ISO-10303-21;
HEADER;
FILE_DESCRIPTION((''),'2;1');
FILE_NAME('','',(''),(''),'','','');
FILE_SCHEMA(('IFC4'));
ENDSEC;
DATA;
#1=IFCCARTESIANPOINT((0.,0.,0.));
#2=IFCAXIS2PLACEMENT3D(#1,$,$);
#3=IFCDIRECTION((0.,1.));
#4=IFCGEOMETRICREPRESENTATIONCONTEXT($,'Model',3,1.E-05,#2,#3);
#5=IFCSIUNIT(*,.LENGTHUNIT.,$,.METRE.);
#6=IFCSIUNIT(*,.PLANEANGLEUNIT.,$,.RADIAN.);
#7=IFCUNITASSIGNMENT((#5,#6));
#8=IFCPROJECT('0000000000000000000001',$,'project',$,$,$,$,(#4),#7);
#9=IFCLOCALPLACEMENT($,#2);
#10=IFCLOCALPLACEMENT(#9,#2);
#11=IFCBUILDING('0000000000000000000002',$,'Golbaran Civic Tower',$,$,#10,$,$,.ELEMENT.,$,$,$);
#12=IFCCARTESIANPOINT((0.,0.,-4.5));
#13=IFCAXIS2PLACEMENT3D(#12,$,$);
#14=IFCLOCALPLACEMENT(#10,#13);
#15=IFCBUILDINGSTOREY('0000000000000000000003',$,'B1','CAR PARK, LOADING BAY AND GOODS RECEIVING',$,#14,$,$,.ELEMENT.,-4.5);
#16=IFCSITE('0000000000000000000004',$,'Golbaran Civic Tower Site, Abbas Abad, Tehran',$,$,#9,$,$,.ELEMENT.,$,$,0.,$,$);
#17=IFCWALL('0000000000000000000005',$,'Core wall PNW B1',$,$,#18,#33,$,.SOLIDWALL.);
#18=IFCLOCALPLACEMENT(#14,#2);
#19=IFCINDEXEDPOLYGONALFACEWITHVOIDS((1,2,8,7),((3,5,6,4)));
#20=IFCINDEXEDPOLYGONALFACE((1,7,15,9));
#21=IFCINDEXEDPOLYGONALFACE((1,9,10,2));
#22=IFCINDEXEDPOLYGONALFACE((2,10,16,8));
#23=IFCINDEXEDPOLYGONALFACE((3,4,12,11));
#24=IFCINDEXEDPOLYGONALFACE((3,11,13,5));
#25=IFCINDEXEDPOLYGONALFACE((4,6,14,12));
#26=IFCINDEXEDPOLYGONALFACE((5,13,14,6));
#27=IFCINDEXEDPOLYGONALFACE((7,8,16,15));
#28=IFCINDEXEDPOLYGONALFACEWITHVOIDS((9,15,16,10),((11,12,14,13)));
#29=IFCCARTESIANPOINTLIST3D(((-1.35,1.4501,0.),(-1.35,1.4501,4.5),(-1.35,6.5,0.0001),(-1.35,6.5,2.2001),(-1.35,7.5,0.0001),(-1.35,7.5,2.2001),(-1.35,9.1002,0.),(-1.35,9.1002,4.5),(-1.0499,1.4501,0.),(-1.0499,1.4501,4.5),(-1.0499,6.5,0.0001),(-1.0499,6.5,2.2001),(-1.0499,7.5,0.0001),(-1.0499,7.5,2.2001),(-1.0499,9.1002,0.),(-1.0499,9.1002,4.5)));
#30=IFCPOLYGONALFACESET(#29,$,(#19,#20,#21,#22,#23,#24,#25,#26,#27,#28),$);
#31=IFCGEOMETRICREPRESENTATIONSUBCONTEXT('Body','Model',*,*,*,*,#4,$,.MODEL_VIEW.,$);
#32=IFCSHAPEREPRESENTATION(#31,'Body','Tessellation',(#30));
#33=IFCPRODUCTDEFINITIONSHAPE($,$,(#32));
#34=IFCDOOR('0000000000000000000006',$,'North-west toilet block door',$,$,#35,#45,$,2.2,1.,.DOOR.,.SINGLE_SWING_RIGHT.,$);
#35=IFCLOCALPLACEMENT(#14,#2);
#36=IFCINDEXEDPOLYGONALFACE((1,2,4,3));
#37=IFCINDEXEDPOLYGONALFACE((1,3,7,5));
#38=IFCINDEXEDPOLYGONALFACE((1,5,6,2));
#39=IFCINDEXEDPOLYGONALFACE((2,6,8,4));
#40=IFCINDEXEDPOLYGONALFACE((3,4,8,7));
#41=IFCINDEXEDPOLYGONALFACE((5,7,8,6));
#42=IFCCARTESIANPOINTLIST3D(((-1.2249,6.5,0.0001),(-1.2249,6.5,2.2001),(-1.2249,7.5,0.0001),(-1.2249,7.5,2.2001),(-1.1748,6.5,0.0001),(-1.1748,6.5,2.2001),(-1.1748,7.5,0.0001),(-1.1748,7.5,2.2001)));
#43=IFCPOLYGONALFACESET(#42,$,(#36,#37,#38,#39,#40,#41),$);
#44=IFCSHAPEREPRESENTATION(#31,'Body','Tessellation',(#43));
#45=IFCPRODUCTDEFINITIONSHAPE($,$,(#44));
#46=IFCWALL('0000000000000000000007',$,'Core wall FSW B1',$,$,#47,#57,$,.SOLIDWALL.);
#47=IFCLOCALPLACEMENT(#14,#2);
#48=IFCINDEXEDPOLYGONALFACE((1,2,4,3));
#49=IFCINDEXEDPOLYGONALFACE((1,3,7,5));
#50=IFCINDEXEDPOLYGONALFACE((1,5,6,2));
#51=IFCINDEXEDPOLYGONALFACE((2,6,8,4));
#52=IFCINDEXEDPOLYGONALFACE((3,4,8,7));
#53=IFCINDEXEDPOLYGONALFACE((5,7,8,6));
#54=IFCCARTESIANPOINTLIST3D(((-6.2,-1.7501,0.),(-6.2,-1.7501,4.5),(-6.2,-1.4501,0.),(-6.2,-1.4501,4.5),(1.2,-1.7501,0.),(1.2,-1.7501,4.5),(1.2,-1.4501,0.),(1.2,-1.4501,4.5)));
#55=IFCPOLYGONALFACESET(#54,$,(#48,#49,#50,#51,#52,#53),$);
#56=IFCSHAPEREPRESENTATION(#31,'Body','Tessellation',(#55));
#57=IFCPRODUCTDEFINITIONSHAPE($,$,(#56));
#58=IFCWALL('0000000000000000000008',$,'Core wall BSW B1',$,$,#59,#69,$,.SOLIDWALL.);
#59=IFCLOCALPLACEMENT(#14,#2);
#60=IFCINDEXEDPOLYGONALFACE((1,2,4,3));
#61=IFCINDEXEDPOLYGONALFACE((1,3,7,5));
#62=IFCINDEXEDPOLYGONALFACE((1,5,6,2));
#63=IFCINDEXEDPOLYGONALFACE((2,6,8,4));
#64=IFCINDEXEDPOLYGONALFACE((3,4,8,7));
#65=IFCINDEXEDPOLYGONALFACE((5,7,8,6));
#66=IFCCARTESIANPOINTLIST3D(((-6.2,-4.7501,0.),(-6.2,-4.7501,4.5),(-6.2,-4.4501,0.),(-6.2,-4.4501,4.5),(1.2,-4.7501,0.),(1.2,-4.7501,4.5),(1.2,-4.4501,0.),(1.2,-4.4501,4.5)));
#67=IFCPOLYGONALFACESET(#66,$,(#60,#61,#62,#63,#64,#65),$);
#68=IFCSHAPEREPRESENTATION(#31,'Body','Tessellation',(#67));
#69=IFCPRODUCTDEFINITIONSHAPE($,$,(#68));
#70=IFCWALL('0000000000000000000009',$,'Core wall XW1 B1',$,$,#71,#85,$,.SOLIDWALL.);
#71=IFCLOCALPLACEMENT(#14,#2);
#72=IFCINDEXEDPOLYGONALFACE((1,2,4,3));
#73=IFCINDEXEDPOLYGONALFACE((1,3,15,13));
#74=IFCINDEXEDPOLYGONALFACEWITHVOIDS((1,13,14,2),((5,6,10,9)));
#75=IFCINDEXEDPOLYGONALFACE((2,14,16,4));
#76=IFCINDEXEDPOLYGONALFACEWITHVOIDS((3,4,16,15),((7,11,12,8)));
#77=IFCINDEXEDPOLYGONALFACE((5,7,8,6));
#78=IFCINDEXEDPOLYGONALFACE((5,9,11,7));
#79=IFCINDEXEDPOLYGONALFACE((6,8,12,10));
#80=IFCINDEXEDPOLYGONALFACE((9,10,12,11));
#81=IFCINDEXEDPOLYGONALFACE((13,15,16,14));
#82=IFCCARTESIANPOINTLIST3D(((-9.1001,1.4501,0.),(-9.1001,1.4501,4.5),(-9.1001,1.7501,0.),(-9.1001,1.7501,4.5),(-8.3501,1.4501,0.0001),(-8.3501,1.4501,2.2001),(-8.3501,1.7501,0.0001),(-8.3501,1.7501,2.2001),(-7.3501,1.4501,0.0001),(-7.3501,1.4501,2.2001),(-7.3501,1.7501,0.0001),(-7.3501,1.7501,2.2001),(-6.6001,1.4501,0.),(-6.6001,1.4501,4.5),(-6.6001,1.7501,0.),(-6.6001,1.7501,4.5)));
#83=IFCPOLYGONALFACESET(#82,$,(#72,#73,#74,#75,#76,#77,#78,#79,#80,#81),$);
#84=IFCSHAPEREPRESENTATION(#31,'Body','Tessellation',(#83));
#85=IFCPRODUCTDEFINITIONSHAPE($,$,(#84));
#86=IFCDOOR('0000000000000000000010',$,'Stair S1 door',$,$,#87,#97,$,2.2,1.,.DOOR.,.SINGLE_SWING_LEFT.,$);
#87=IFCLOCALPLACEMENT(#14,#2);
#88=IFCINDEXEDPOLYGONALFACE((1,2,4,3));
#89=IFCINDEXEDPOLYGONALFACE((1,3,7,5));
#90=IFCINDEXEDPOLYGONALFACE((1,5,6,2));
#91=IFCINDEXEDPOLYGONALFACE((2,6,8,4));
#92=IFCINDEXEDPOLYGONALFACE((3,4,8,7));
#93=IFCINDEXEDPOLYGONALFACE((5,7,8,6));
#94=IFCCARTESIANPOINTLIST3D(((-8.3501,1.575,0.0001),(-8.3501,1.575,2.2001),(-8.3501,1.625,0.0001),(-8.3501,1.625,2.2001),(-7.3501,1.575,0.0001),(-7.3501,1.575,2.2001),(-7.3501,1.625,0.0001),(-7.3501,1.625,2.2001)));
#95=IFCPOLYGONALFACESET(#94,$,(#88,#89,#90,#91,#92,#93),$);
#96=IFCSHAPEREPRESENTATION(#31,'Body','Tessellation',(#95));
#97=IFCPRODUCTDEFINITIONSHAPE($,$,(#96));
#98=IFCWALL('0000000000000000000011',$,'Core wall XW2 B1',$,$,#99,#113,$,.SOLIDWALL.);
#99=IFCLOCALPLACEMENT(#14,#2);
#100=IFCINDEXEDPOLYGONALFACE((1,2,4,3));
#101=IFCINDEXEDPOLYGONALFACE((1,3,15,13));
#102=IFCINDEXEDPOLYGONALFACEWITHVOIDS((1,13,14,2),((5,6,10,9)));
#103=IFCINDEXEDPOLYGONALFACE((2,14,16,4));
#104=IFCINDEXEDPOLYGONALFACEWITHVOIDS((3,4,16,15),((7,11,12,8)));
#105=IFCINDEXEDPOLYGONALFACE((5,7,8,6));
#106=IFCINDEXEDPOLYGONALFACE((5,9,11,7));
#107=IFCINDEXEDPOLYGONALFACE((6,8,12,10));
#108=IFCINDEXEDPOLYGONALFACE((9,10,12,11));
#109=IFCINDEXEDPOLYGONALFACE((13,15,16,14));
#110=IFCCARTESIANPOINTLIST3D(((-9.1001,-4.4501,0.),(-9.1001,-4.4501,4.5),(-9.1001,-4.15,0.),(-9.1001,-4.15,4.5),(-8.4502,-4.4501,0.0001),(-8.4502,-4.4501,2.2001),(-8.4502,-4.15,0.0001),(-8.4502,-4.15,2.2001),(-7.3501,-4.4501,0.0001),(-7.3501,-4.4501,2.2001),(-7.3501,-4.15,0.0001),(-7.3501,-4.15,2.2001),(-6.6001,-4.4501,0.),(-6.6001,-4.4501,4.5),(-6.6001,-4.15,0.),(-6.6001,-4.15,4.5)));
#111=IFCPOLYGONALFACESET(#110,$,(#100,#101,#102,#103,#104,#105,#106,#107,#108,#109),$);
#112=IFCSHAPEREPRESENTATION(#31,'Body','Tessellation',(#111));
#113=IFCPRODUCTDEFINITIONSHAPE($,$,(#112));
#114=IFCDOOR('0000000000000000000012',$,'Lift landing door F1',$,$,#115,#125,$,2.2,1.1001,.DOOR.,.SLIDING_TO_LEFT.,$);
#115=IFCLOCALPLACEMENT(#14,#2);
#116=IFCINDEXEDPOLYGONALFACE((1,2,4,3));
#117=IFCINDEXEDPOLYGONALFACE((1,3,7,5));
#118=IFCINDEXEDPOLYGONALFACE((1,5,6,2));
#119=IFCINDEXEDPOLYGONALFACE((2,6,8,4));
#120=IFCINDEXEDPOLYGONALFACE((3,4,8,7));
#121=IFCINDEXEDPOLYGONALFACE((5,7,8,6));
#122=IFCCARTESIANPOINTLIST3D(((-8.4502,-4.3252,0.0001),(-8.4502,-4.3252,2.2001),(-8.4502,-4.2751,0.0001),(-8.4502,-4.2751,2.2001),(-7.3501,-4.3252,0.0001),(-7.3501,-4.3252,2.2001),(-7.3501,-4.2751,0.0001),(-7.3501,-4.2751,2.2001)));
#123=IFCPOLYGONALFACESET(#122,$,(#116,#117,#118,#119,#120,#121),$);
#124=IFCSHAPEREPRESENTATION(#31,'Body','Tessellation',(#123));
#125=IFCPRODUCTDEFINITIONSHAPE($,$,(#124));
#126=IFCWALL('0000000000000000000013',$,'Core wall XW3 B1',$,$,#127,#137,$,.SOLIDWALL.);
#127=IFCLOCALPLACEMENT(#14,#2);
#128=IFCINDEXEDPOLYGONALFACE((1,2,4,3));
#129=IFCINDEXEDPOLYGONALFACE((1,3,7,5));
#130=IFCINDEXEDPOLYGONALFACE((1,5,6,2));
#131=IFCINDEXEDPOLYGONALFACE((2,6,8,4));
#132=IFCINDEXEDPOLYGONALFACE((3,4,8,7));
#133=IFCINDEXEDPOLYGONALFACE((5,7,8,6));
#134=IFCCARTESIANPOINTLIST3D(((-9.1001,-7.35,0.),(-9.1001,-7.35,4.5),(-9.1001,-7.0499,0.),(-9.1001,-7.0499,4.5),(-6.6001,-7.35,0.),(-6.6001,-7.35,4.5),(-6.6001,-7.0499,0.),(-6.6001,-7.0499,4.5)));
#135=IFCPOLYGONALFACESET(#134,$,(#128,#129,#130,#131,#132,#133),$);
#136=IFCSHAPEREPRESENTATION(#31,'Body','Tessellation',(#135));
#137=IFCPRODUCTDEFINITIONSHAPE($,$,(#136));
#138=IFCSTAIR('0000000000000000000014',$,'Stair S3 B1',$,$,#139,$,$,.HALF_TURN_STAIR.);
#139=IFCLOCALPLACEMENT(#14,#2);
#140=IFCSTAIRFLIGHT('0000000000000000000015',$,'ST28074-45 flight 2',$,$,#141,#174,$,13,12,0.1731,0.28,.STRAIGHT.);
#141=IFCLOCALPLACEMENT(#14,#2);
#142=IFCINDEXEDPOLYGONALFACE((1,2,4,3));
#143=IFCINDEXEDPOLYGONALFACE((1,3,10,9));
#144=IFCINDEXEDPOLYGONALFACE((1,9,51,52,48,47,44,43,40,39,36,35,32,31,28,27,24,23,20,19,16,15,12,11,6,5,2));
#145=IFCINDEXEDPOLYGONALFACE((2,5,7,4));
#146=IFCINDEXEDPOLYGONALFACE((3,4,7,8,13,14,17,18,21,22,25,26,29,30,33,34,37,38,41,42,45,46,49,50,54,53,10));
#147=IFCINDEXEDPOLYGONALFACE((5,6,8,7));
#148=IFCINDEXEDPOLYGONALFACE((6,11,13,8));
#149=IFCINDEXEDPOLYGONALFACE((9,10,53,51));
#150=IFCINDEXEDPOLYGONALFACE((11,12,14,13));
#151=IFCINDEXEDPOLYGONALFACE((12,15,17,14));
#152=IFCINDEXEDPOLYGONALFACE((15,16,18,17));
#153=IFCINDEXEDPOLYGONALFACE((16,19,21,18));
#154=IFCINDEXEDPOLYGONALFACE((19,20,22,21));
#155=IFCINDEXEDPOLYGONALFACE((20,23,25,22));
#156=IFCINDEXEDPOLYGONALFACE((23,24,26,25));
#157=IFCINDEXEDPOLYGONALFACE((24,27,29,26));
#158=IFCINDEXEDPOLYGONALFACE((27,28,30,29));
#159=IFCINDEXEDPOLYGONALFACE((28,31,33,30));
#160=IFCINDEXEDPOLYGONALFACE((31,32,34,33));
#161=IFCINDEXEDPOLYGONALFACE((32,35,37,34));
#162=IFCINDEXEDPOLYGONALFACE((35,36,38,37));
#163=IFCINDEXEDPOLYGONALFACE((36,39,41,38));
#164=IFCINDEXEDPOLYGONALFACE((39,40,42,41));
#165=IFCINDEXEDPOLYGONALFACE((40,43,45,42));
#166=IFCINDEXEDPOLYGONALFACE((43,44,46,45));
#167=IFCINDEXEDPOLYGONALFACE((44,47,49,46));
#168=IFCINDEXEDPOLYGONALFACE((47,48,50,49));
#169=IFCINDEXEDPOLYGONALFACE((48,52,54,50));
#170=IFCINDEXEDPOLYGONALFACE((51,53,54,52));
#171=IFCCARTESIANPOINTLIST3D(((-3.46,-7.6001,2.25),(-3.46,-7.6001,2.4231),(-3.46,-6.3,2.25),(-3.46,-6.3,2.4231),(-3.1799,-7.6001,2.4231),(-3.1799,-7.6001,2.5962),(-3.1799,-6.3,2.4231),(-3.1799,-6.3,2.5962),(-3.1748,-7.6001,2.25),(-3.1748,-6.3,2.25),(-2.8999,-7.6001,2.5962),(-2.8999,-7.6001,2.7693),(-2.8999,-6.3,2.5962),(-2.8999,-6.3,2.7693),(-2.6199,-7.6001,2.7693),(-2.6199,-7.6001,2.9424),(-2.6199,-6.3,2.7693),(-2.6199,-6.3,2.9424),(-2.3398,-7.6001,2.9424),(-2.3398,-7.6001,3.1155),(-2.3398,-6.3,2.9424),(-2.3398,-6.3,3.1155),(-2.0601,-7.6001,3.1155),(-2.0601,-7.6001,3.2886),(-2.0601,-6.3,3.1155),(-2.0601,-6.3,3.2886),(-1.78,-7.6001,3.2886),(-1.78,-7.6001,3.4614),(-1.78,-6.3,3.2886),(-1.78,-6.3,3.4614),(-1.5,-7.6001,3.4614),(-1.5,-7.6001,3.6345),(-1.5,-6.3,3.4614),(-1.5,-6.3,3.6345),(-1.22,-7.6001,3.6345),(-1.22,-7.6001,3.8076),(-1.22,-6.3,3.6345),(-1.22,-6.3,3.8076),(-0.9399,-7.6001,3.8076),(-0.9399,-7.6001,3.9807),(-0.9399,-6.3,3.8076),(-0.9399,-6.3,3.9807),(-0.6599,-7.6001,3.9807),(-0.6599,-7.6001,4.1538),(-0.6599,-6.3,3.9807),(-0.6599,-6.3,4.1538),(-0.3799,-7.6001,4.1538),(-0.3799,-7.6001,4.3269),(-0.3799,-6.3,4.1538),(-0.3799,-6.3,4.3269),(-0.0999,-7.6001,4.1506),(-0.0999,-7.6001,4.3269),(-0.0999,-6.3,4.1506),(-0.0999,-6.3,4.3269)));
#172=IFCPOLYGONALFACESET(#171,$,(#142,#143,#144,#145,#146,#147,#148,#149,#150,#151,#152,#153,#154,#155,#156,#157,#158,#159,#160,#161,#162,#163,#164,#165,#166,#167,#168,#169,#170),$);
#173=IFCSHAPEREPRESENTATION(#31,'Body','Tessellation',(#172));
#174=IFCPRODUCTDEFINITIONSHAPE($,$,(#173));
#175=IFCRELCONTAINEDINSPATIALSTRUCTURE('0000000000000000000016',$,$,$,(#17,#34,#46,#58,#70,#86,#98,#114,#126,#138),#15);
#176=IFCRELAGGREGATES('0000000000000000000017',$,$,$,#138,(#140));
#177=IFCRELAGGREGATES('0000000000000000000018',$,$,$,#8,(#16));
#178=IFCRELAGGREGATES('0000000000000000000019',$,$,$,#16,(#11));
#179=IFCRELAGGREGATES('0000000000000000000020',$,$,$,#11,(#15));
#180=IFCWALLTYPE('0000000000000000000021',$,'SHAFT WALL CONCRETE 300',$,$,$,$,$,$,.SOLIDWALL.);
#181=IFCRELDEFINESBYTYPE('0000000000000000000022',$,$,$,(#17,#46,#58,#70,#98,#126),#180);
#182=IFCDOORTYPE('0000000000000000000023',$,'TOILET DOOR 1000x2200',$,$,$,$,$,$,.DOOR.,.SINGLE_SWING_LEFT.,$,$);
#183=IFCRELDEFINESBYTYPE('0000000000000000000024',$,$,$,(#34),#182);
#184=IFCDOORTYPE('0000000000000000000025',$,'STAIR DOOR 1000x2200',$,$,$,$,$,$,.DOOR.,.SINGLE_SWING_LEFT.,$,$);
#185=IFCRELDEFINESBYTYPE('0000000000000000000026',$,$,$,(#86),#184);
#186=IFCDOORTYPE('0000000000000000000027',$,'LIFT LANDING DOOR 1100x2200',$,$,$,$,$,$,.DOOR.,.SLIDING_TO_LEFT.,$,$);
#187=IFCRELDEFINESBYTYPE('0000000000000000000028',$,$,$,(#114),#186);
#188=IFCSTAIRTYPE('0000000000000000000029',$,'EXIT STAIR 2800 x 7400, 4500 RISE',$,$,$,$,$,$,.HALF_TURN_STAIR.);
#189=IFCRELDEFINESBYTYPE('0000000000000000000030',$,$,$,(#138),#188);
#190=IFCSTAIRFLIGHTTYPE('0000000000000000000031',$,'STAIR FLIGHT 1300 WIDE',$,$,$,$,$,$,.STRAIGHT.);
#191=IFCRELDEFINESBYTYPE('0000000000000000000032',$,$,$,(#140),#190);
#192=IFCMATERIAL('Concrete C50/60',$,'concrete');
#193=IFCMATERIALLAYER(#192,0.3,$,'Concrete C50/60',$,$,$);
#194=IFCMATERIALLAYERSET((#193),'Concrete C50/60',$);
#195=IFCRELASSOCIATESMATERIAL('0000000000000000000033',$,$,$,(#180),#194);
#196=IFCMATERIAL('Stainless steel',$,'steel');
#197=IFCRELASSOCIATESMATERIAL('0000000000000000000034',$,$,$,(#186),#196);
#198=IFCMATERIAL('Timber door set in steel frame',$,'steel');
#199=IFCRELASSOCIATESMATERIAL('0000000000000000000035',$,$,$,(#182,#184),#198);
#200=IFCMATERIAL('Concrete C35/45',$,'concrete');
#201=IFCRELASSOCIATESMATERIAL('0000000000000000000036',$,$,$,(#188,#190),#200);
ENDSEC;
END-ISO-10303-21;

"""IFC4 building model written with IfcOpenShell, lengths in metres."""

from ifc_helpers import new_model, si_unit, direction, frame, frame_2d, origin, place, context, subcontext, project, spatial, polyline, rectangle, outline, extrude, material, layer, layer_set, type_object, element, fill, aggregate, save


model = new_model("IFC4")

# Units and contexts
model_context = context("Model", 3, precision=1e-05, world=origin(), true_north=direction((0.0, 1.0)))
body_context = subcontext(model_context, "Body", "Model", "MODEL_VIEW")
ifc_project = project(units=[si_unit("LENGTHUNIT", "METRE"), si_unit("PLANEANGLEUNIT", "RADIAN")], contexts=[model_context])

# Site, building, storey
site_placement = place(None, origin())
site = spatial("IfcSite", under=ifc_project, at=site_placement, Name="Golbaran Civic Tower Site, Abbas Abad, Tehran", CompositionType="ELEMENT", RefElevation=0.0)
building_placement = place(site_placement, origin())
building = spatial("IfcBuilding", under=site, at=building_placement, Name="Golbaran Civic Tower", CompositionType="ELEMENT")
storey_placement = place(building_placement, frame((0.0, 0.0, -4.5)))
storey = spatial("IfcBuildingStorey", under=building, at=storey_placement, Name="B1", Description="CAR PARK, LOADING BAY AND GOODS RECEIVING", CompositionType="ELEMENT", Elevation=-4.5)

# Shared definitions
ifc_material_1 = material(Name="Concrete C50/60", Category="concrete")

# Shared definitions
ifc_material_2 = material(Name="Concrete C35/45", Category="concrete")

# Shared definitions
ifc_layer_1 = layer(ifc_material_1, 0.3, Name="Concrete C50/60")
ifc_layer_set_1 = layer_set([ifc_layer_1], Name="Concrete C50/60")
wall_type_1 = type_object("IfcWallType", Name="SHAFT WALL CONCRETE 300", PredefinedType="SOLIDWALL", material=ifc_layer_set_1)
ifc_material_3 = material(Name="Stainless steel", Category="steel")
door_type_1 = type_object("IfcDoorType", Name="LIFT LANDING DOOR 1100x2200", OperationType="SLIDING_TO_LEFT", PredefinedType="DOOR", material=ifc_material_3)

# Wall, opening, door
wall_1_placement = place(storey_placement, frame((-1.2, 1.45, 0.0), z_axis=(0.0, 0.0, 1.0), x_axis=(0.0, 1.0, 0.0)))
wall_1 = element("IfcWall", 1, at=wall_1_placement, inside=storey, type_object=wall_type_1, Name="Core wall PNW B1", PredefinedType="SOLIDWALL", context=body_context, shape_type="SweptSolid", body=[
    extrude(rectangle(XDim=7.6501, YDim=0.3, at=frame_2d((3.8252, 0.0))), origin(), (0.0, 0.0, 1.0), 4.5),
])
opening_1_placement = place(wall_1_placement, frame((5.05, 0.0, 0.0)))
opening_1 = element("IfcOpeningElement", 2, at=opening_1_placement, cuts=wall_1, PredefinedType="OPENING", context=body_context, shape_type="SweptSolid", body=[
    extrude(rectangle(XDim=1.0, YDim=2.2, at=frame_2d((0.5, 1.1001))), frame((0.0, 0.1599, 0.0), z_axis=(0.0, -1.0, 0.0), x_axis=(1.0, 0.0, 0.0)), (0.0, 0.0, 1.0), 0.3201),
])
ifc_material_4 = material(Name="Timber door set in steel frame", Category="steel")
door_type_2 = type_object("IfcDoorType", Name="TOILET DOOR 1000x2200", OperationType="SINGLE_SWING_LEFT", PredefinedType="DOOR", material=ifc_material_4)
door_1_placement = place(opening_1_placement, origin())
door_1 = element("IfcDoor", 3, at=door_1_placement, inside=storey, type_object=door_type_2, Name="North-west toilet block door", OperationType="SINGLE_SWING_RIGHT", OverallHeight=2.2, OverallWidth=1.0, PredefinedType="DOOR", context=body_context, shape_type="SweptSolid", body=[
    extrude(rectangle(XDim=1.0, YDim=2.2, at=frame_2d((0.5, 1.1001))), frame((0.0, 0.0249, 0.0), z_axis=(0.0, -1.0, 0.0), x_axis=(1.0, 0.0, 0.0)), (0.0, 0.0, 1.0), 0.05),
])
fill(opening_1, door_1)

# Walls
for number, where, z_axis, x_axis, name in (
    (4, (-6.2, -1.6001, 0.0), (0.0, 0.0, 1.0), (1.0, 0.0, 0.0), "Core wall FSW B1"),
    (5, (-6.2, -4.6001, 0.0), (0.0, 0.0, 1.0), (1.0, 0.0, 0.0), "Core wall BSW B1"),
):
    element("IfcWall", number, at=place(storey_placement, frame(where, z_axis=z_axis, x_axis=x_axis)), inside=storey, type_object=wall_type_1, Name=name, PredefinedType="SOLIDWALL", context=body_context, shape_type="SweptSolid", body=[
        extrude(rectangle(XDim=7.3999, YDim=0.3, at=frame_2d((3.7, 0.0))), origin(), (0.0, 0.0, 1.0), 4.5),
    ])

# Walls, openings, doors
wall_2_placement = place(storey_placement, frame((-9.1001, 1.6001, 0.0), z_axis=(0.0, 0.0, 1.0), x_axis=(1.0, 0.0, 0.0)))
wall_2 = element("IfcWall", 6, at=wall_2_placement, inside=storey, type_object=wall_type_1, Name="Core wall XW1 B1", PredefinedType="SOLIDWALL", context=body_context, shape_type="SweptSolid", body=[
    extrude(rectangle(XDim=2.5, YDim=0.3, at=frame_2d((1.25, 0.0))), origin(), (0.0, 0.0, 1.0), 4.5),
])
opening_2_placement = place(wall_2_placement, frame((0.75, 0.0, 0.0)))
opening_2 = element("IfcOpeningElement", 7, at=opening_2_placement, cuts=wall_2, PredefinedType="OPENING", context=body_context, shape_type="SweptSolid", body=[
    extrude(rectangle(XDim=1.0, YDim=2.2, at=frame_2d((0.5, 1.1001))), frame((0.0, 0.1599, 0.0), z_axis=(0.0, -1.0, 0.0), x_axis=(1.0, 0.0, 0.0)), (0.0, 0.0, 1.0), 0.3201),
])
door_type_3 = type_object("IfcDoorType", Name="STAIR DOOR 1000x2200", OperationType="SINGLE_SWING_LEFT", PredefinedType="DOOR", material=ifc_material_4)
door_2_placement = place(opening_2_placement, origin())
door_2 = element("IfcDoor", 8, at=door_2_placement, inside=storey, type_object=door_type_3, Name="Stair S1 door", OperationType="SINGLE_SWING_LEFT", OverallHeight=2.2, OverallWidth=1.0, PredefinedType="DOOR", context=body_context, shape_type="SweptSolid", body=[
    extrude(rectangle(XDim=1.0, YDim=2.2, at=frame_2d((0.5, 1.1001))), frame((0.0, 0.0249, 0.0), z_axis=(0.0, -1.0, 0.0), x_axis=(1.0, 0.0, 0.0)), (0.0, 0.0, 1.0), 0.05),
])
fill(opening_2, door_2)
wall_3_placement = place(storey_placement, frame((-9.1001, -4.3, 0.0), z_axis=(0.0, 0.0, 1.0), x_axis=(1.0, 0.0, 0.0)))
wall_3 = element("IfcWall", 9, at=wall_3_placement, inside=storey, type_object=wall_type_1, Name="Core wall XW2 B1", PredefinedType="SOLIDWALL", context=body_context, shape_type="SweptSolid", body=[
    extrude(rectangle(XDim=2.5, YDim=0.3, at=frame_2d((1.25, 0.0))), origin(), (0.0, 0.0, 1.0), 4.5),
])
opening_3_placement = place(wall_3_placement, frame((0.6499, 0.0, 0.0)))
opening_3 = element("IfcOpeningElement", 10, at=opening_3_placement, cuts=wall_3, PredefinedType="OPENING", context=body_context, shape_type="SweptSolid", body=[
    extrude(rectangle(XDim=1.1001, YDim=2.2, at=frame_2d((0.55, 1.1001))), frame((0.0, 0.1599, 0.0), z_axis=(0.0, -1.0, 0.0), x_axis=(1.0, 0.0, 0.0)), (0.0, 0.0, 1.0), 0.3201),
])
door_3_placement = place(opening_3_placement, origin())
door_3 = element("IfcDoor", 11, at=door_3_placement, inside=storey, type_object=door_type_1, Name="Lift landing door F1", OperationType="SLIDING_TO_LEFT", OverallHeight=2.2, OverallWidth=1.1001, PredefinedType="DOOR", context=body_context, shape_type="SweptSolid", body=[
    extrude(rectangle(XDim=1.1001, YDim=2.2, at=frame_2d((0.55, 1.1001))), frame((0.0, 0.0249, 0.0), z_axis=(0.0, -1.0, 0.0), x_axis=(1.0, 0.0, 0.0)), (0.0, 0.0, 1.0), 0.05),
])
fill(opening_3, door_3)

# Wall
wall_4_placement = place(storey_placement, frame((-9.1001, -7.2, 0.0), z_axis=(0.0, 0.0, 1.0), x_axis=(1.0, 0.0, 0.0)))
element("IfcWall", 12, at=wall_4_placement, inside=storey, type_object=wall_type_1, Name="Core wall XW3 B1", PredefinedType="SOLIDWALL", context=body_context, shape_type="SweptSolid", body=[
    extrude(rectangle(XDim=2.5, YDim=0.3, at=frame_2d((1.25, 0.0))), origin(), (0.0, 0.0, 1.0), 4.5),
])

# Stair, stair flight
stair_type = type_object("IfcStairType", Name="EXIT STAIR 2800 x 7400, 4500 RISE", PredefinedType="HALF_TURN_STAIR", material=ifc_material_2)
stair_placement = place(storey_placement, origin())
stair = element("IfcStair", 13, at=stair_placement, inside=storey, type_object=stair_type, Name="Stair S3 B1", PredefinedType="HALF_TURN_STAIR")
stair_flight_type = type_object("IfcStairFlightType", Name="STAIR FLIGHT 1300 WIDE", PredefinedType="STRAIGHT", material=ifc_material_2)
stair_flight_placement = place(storey_placement, frame((-3.46, -6.95, 2.25), z_axis=(0.0, 0.0, 1.0), x_axis=(1.0, 0.0, 0.0)))
stair_flight = element("IfcStairFlight", 14, at=stair_flight_placement, type_object=stair_flight_type, Name="ST28074-45 flight 2", NumberOfRisers=13, NumberOfTreads=12, PredefinedType="STRAIGHT", RiserHeight=0.1731, TreadLength=0.28, context=body_context, shape_type="SweptSolid", body=[
    extrude(outline(polyline([(0.0, 0.0), (0.0, 0.1731), (0.28, 0.1731), (0.28, 0.3462), (0.5601, 0.3462), (0.5601, 0.5193), (0.8401, 0.5193), (0.8401, 0.6924), (1.1201, 0.6924), (1.1201, 0.8655), (1.3999, 0.8655), (1.3999, 1.0386), (1.6799, 1.0386), (1.6799, 1.2114), (1.96, 1.2114), (1.96, 1.3845), (2.24, 1.3845), (2.24, 1.5576), (2.52, 1.5576), (2.52, 1.7307), (2.8, 1.7307), (2.8, 1.9038), (3.0801, 1.9038), (3.0801, 2.0769), (3.3601, 2.0769), (3.3601, 2.25), (3.3601, 1.9006), (0.2852, 0.0), (0.0, 0.0)])), frame((0.0, 0.6499, 0.0), z_axis=(0.0, -1.0, 0.0), x_axis=(1.0, 0.0, 0.0)), (0.0, 0.0, 1.0), 1.3),
])
aggregate(stair, [stair_flight])

save(model, "model.ifc")
